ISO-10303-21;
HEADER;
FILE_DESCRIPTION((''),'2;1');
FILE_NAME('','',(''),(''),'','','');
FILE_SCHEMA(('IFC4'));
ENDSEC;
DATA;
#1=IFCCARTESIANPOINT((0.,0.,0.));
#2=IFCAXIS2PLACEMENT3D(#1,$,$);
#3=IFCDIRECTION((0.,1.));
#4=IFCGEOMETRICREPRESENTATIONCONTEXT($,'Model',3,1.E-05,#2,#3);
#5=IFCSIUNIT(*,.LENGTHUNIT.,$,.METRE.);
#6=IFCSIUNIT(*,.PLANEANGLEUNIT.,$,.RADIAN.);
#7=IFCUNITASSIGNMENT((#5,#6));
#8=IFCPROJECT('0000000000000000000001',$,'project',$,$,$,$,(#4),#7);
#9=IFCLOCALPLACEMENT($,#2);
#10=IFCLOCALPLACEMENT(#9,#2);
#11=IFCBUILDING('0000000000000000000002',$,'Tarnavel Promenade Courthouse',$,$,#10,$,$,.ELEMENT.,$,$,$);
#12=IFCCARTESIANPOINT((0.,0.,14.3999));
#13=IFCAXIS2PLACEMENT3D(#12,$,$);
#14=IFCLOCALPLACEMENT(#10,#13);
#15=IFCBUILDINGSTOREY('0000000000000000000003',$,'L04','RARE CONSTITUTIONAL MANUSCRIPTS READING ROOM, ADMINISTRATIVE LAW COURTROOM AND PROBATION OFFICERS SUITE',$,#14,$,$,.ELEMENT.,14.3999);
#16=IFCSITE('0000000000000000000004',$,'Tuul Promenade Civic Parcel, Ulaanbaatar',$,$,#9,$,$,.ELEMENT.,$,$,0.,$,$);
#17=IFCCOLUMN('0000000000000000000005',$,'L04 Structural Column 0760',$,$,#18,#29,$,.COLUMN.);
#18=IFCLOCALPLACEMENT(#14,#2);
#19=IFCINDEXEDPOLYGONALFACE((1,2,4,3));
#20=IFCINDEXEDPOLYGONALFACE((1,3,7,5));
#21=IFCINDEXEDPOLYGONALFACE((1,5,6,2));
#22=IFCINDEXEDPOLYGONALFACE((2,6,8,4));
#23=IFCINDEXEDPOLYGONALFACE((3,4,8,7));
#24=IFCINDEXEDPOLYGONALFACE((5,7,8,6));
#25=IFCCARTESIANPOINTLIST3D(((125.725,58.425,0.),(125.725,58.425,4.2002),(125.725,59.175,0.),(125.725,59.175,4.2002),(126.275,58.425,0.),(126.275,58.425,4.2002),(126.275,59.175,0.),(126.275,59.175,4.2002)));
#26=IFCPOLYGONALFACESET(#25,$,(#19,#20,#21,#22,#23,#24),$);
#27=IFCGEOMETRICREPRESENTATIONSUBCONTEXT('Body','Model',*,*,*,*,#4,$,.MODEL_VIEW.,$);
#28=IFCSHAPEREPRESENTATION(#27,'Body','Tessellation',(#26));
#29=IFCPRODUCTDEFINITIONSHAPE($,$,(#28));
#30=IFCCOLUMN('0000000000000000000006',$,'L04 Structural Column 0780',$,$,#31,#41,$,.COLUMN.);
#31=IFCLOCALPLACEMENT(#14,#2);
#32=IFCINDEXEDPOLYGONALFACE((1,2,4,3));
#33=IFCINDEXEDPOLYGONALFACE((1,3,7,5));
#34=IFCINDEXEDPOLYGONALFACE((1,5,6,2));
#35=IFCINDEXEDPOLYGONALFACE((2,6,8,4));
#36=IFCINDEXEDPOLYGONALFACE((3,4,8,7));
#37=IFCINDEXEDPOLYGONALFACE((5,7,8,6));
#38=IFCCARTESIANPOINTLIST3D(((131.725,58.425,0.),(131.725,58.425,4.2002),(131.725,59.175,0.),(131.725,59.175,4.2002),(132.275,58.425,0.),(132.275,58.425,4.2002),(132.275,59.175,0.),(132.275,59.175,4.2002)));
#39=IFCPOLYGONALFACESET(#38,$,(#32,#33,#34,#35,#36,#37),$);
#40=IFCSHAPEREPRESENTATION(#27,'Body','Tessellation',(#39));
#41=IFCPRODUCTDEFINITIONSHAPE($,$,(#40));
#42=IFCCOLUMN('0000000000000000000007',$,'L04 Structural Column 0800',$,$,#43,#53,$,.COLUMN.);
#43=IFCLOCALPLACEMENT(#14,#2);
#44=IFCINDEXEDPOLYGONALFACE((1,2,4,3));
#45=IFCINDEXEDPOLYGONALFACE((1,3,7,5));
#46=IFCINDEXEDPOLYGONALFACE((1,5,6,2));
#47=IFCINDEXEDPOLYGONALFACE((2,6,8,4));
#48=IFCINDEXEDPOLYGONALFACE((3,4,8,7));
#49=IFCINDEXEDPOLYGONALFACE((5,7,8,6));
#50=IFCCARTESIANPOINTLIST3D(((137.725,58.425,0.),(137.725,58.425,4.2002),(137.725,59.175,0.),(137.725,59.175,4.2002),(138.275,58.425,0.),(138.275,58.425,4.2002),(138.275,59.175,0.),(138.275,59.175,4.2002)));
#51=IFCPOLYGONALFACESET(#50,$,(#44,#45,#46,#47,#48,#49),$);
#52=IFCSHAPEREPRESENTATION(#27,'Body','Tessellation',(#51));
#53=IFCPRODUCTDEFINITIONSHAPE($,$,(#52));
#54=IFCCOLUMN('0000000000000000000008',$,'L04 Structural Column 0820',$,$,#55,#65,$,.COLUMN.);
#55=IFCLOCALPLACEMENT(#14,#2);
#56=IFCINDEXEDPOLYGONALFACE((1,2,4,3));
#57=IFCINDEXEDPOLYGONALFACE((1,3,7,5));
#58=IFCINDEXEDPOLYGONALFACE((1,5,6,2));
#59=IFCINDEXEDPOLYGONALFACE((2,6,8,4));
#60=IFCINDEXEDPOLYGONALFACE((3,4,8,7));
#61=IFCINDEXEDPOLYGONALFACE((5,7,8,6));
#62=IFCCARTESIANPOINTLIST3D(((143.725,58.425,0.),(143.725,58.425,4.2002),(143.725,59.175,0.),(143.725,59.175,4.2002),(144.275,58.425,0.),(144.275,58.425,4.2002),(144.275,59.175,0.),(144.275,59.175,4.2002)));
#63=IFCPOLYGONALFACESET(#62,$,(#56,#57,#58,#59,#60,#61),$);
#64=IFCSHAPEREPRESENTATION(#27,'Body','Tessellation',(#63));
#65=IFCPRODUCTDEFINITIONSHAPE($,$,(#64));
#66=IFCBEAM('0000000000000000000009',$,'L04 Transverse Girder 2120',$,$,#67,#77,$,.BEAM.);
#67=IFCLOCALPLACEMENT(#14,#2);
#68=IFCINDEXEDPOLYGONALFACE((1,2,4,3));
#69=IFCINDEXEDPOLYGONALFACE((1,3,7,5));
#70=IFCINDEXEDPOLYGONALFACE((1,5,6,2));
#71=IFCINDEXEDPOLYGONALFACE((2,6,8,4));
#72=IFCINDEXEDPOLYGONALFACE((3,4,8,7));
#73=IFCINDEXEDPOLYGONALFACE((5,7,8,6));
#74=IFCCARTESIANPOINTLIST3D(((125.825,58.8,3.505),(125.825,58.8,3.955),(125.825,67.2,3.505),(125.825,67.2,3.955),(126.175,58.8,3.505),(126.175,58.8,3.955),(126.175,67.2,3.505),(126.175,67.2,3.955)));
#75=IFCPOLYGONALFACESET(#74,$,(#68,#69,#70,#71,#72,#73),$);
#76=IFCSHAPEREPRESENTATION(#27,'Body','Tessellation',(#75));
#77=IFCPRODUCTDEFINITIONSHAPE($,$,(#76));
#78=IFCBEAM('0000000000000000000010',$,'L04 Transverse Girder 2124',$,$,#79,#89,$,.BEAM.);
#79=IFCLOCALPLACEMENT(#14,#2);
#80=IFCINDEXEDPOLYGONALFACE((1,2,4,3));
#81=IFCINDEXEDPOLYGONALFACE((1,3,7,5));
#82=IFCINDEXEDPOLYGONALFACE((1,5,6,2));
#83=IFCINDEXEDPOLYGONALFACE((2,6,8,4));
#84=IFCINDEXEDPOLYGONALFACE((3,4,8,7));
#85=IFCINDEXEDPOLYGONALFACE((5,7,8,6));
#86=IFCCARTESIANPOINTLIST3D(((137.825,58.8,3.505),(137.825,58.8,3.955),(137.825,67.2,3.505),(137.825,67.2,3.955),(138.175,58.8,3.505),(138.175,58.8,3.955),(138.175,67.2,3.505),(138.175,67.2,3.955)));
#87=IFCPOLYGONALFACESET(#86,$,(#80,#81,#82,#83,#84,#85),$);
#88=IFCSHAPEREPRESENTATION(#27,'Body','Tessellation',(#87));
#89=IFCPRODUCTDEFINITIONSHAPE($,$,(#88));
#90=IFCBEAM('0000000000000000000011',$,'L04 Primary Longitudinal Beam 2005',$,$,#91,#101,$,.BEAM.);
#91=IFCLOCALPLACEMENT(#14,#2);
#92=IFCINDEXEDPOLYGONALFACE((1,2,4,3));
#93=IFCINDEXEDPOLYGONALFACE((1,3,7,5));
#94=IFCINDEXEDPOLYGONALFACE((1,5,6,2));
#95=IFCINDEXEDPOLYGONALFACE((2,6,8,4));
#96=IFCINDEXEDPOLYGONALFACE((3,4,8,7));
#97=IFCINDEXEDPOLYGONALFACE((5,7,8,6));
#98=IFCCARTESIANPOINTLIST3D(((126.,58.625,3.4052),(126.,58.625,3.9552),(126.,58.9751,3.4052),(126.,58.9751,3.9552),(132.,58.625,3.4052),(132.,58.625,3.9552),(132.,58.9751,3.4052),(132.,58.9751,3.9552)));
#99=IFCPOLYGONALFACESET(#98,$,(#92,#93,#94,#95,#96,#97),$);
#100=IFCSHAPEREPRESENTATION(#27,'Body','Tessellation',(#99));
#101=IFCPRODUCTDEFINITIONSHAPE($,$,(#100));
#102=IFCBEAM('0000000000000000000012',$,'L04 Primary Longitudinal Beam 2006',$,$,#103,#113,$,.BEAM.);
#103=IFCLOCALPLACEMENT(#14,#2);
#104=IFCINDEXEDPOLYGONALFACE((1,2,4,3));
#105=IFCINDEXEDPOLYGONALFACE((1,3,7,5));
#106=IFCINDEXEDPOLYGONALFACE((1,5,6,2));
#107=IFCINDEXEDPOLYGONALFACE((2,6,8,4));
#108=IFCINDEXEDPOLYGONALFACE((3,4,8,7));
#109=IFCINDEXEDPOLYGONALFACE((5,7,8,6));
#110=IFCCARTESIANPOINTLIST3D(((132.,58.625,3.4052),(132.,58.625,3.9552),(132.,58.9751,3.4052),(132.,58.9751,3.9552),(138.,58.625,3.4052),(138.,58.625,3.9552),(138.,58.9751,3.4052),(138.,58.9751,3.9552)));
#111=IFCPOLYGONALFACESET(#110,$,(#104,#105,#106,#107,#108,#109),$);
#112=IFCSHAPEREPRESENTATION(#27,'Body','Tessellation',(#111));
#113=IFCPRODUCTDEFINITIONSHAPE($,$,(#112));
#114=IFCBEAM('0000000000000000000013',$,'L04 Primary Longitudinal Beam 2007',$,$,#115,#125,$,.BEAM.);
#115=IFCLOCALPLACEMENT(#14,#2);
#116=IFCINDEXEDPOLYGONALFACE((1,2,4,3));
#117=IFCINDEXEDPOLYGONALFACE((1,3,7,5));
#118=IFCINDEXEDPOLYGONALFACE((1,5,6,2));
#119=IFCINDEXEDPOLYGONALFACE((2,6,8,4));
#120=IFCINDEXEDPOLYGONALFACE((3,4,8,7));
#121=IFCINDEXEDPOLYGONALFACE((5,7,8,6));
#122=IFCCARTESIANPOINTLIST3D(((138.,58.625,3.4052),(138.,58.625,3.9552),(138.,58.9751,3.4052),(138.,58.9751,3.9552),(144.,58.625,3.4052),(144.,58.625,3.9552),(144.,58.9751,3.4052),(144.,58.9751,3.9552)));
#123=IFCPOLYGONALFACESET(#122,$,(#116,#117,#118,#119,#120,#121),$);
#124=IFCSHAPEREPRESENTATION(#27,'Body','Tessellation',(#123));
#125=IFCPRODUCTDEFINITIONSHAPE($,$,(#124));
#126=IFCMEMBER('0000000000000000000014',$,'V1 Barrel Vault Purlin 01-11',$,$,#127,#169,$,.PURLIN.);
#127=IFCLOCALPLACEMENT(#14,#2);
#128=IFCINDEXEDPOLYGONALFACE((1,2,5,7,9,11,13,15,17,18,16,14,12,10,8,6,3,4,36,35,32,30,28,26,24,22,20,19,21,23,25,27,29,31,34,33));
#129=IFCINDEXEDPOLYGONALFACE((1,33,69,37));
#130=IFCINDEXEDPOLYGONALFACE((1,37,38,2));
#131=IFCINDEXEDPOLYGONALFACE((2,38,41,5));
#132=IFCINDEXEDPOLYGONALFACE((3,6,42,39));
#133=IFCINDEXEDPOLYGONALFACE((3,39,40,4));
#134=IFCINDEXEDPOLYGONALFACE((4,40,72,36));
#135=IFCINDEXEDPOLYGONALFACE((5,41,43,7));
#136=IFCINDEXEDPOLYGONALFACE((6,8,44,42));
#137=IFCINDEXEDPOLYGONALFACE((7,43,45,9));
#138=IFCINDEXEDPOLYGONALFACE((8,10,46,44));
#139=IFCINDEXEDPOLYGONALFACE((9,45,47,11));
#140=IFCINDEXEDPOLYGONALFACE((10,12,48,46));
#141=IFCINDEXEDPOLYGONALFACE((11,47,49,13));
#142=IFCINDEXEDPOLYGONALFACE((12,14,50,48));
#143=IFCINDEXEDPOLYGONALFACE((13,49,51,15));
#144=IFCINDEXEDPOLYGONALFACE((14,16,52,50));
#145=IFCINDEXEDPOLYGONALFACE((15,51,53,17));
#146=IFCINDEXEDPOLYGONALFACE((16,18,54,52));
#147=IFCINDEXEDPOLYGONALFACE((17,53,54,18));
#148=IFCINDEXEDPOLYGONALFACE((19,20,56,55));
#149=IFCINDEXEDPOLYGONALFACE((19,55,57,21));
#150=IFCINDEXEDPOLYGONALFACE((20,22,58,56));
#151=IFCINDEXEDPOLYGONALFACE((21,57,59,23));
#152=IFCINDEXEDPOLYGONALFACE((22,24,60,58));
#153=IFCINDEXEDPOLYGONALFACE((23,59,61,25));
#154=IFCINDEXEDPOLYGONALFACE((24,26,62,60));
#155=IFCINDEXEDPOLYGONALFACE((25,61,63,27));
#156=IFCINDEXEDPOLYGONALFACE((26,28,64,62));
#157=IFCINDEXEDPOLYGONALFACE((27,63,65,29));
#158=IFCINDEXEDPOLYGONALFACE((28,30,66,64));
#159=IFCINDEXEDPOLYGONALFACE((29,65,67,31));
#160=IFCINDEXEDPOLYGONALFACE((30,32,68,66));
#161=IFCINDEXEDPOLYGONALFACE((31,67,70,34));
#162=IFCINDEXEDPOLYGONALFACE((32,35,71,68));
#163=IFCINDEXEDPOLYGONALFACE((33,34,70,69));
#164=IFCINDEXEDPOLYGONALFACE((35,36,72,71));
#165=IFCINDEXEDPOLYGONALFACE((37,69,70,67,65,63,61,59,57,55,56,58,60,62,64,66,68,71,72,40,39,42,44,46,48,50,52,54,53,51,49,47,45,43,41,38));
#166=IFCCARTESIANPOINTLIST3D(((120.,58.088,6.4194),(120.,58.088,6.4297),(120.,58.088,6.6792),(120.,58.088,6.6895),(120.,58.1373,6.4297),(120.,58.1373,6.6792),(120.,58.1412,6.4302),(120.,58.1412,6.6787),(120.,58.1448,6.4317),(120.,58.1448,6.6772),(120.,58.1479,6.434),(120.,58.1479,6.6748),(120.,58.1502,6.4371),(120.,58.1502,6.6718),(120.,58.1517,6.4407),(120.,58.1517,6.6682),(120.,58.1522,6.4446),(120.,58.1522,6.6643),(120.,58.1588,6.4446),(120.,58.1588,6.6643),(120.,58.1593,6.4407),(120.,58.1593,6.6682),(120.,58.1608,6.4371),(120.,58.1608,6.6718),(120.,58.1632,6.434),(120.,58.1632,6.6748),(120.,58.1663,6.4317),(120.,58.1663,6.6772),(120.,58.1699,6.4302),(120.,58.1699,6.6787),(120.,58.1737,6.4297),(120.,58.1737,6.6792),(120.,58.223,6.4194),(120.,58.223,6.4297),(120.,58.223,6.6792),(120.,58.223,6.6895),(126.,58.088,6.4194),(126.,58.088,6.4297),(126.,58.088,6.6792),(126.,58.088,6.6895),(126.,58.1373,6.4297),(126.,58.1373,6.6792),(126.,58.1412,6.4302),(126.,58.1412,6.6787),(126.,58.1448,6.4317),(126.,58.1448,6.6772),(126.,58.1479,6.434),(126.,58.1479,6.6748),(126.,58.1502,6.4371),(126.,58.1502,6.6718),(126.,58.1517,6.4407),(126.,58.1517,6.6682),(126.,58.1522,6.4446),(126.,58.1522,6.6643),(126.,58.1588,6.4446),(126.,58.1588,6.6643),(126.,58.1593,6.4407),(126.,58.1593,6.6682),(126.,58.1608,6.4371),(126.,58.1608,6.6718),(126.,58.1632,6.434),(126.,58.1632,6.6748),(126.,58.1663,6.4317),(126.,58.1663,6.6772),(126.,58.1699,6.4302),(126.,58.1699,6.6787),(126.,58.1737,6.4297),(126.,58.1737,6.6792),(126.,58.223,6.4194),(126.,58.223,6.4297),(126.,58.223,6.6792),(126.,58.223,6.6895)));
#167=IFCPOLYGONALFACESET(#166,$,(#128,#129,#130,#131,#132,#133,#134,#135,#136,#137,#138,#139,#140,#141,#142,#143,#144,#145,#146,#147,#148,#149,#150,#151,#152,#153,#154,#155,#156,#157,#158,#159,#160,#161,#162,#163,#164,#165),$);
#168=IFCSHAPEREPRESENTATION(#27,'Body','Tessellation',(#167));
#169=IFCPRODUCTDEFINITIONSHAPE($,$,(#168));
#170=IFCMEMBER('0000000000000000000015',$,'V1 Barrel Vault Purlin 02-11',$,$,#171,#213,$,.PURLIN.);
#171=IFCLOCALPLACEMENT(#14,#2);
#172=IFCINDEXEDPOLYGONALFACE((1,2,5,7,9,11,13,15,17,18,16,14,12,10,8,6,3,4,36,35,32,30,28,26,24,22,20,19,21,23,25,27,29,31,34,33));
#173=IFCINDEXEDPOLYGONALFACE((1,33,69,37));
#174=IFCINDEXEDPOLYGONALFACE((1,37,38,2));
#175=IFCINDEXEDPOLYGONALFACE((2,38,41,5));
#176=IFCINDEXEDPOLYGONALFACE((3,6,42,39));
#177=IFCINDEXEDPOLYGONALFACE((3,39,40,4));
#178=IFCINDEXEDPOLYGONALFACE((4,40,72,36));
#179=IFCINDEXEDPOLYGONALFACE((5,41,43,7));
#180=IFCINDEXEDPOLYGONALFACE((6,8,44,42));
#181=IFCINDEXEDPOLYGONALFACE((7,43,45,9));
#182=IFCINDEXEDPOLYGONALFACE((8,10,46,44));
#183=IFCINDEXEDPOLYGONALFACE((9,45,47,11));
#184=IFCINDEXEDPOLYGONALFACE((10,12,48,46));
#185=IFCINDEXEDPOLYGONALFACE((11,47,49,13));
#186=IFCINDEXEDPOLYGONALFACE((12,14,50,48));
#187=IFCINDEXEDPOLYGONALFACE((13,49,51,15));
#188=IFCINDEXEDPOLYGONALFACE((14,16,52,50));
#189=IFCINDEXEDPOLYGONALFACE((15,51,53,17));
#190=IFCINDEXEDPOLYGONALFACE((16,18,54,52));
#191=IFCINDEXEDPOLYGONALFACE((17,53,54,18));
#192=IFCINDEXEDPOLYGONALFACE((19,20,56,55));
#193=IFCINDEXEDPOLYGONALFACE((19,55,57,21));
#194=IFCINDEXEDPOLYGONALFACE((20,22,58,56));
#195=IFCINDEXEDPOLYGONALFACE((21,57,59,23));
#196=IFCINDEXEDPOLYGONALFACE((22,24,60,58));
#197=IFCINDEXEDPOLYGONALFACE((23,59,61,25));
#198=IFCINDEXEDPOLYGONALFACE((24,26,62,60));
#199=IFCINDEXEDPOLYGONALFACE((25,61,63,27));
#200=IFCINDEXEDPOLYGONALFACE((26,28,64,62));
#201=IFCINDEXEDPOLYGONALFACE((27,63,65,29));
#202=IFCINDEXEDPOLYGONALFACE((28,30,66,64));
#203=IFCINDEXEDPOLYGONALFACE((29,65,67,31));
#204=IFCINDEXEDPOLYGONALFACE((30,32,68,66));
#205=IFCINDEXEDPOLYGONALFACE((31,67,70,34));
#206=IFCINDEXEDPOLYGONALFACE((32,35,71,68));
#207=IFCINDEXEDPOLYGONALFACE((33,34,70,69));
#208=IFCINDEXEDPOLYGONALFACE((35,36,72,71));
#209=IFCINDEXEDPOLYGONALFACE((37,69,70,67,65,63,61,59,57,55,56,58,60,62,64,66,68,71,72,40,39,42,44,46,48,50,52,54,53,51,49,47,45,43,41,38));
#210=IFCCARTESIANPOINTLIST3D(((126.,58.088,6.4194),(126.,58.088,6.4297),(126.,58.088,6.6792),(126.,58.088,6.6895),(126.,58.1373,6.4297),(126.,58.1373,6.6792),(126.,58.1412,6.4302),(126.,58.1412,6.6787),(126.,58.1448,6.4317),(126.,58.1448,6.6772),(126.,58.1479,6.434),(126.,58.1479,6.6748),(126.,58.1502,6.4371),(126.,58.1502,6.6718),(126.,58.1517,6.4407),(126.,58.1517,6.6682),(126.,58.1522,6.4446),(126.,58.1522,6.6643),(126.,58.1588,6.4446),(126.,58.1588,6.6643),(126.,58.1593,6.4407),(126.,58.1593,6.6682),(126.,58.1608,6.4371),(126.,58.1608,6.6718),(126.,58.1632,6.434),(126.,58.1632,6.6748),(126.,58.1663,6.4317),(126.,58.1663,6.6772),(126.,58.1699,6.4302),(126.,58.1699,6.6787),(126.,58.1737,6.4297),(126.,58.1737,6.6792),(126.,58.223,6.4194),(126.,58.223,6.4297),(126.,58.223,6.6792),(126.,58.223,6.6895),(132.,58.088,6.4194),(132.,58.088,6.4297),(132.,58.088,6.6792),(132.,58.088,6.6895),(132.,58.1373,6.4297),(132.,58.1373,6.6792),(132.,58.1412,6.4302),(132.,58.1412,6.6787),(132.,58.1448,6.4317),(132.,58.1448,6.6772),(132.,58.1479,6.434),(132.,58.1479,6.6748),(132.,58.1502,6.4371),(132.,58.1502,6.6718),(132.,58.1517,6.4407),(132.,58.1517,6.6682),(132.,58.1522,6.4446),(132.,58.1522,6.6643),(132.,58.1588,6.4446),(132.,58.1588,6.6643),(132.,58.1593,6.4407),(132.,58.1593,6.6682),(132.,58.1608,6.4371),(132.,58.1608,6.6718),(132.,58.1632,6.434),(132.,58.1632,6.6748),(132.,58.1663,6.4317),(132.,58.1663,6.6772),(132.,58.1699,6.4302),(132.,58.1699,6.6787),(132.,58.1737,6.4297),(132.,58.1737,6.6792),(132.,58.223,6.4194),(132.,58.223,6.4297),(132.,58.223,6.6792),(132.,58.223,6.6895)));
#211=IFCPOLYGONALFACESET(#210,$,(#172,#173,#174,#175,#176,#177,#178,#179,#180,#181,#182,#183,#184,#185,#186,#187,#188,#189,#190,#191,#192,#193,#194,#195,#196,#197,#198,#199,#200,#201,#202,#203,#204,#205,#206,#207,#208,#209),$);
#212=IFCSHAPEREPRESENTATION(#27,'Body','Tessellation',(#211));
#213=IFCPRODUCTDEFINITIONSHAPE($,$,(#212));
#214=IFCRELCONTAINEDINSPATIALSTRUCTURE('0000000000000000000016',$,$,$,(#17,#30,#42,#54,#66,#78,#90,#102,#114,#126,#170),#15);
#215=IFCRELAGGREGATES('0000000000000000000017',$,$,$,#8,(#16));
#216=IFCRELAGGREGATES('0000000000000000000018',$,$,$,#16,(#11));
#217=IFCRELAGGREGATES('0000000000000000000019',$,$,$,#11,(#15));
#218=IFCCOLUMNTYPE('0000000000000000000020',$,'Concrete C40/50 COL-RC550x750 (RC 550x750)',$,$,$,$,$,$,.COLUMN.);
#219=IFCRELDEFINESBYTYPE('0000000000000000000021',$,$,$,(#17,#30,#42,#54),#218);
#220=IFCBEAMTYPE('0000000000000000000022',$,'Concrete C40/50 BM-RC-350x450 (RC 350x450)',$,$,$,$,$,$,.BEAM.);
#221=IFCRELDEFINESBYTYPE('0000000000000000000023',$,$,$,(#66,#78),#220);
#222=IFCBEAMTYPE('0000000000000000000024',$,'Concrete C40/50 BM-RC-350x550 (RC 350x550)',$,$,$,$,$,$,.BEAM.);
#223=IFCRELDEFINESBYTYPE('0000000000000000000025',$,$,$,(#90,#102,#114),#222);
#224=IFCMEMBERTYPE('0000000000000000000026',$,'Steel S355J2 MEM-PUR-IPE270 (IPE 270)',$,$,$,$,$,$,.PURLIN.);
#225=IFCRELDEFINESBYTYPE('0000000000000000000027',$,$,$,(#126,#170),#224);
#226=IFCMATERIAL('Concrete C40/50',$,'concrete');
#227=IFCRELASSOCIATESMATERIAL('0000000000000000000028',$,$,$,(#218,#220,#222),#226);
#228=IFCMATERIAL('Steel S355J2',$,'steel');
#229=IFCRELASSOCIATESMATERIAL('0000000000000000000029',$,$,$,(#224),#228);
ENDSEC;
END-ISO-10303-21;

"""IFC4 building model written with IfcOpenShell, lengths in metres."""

from ifc_helpers import new_model, si_unit, direction, frame, origin, origin_2d, place, context, subcontext, project, spatial, rectangle, i_section, extrude, material, material_profile, profile_set, type_object, element, save


model = new_model("IFC4")

# Units and contexts
model_context = context("Model", 3, precision=1e-05, world=origin(), true_north=direction((0.0, 1.0)))
body_context = subcontext(model_context, "Body", "Model", "MODEL_VIEW")
ifc_project = project(units=[si_unit("LENGTHUNIT", "METRE"), si_unit("PLANEANGLEUNIT", "RADIAN")], contexts=[model_context])

# Site, building, storey
site_placement = place(None, origin())
site = spatial("IfcSite", under=ifc_project, at=site_placement, Name="Tuul Promenade Civic Parcel, Ulaanbaatar", CompositionType="ELEMENT", RefElevation=0.0)
building_placement = place(site_placement, origin())
building = spatial("IfcBuilding", under=site, at=building_placement, Name="Tarnavel Promenade Courthouse", CompositionType="ELEMENT")
storey_placement = place(building_placement, frame((0.0, 0.0, 14.3999)))
storey = spatial("IfcBuildingStorey", under=building, at=storey_placement, Name="L04", Description="RARE CONSTITUTIONAL MANUSCRIPTS READING ROOM, ADMINISTRATIVE LAW COURTROOM AND PROBATION OFFICERS SUITE", CompositionType="ELEMENT", Elevation=14.3999)

# Columns
ifc_material_1 = material(Name="Concrete C40/50", Category="concrete")
ifc_material_profile_1 = material_profile(ifc_material_1, rectangle(XDim=0.55, YDim=0.75, at=origin_2d()), Name="RC 550x750")
ifc_profile_set_1 = profile_set([ifc_material_profile_1], Name="Concrete C40/50")
column_type = type_object("IfcColumnType", Name="Concrete C40/50 COL-RC550x750 (RC 550x750)", PredefinedType="COLUMN", material=ifc_profile_set_1)
for number, where, z_axis, x_axis, name in (
    (1, (126.0, 58.8, 0.0), (0.0, 0.0, 1.0), (1.0, 0.0, 0.0), "L04 Structural Column 0760"),
    (2, (132.0, 58.8, 0.0), (0.0, 0.0, 1.0), (1.0, 0.0, 0.0), "L04 Structural Column 0780"),
    (3, (138.0, 58.8, 0.0), (0.0, 0.0, 1.0), (1.0, 0.0, 0.0), "L04 Structural Column 0800"),
    (4, (144.0, 58.8, 0.0), (0.0, 0.0, 1.0), (1.0, 0.0, 0.0), "L04 Structural Column 0820"),
):
    element("IfcColumn", number, at=place(storey_placement, frame(where, z_axis=z_axis, x_axis=x_axis)), inside=storey, type_object=column_type, Name=name, PredefinedType="COLUMN", context=body_context, shape_type="SweptSolid", body=[
        extrude(rectangle(XDim=0.55, YDim=0.75, at=origin_2d()), origin(), (0.0, 0.0, 1.0), 4.2002),
    ])

# Beams
ifc_material_profile_2 = material_profile(ifc_material_1, rectangle(XDim=0.3501, YDim=0.45, at=origin_2d()), Name="RC 350x450")
ifc_profile_set_2 = profile_set([ifc_material_profile_2], Name="Concrete C40/50")
beam_type_1 = type_object("IfcBeamType", Name="Concrete C40/50 BM-RC-350x450 (RC 350x450)", PredefinedType="BEAM", material=ifc_profile_set_2)
for number, where, z_axis, x_axis, name in (
    (5, (126.0, 58.8, 3.73), (0.0, 1.0, 0.0), (-1.0, 0.0, 0.0), "L04 Transverse Girder 2120"),
    (6, (138.0, 58.8, 3.73), (0.0, 1.0, 0.0), (-1.0, 0.0, 0.0), "L04 Transverse Girder 2124"),
):
    element("IfcBeam", number, at=place(storey_placement, frame(where, z_axis=z_axis, x_axis=x_axis)), inside=storey, type_object=beam_type_1, Name=name, PredefinedType="BEAM", context=body_context, shape_type="SweptSolid", body=[
        extrude(rectangle(XDim=0.3501, YDim=0.45, at=origin_2d()), origin(), (0.0, 0.0, 1.0), 8.3999),
    ])
ifc_material_profile_3 = material_profile(ifc_material_1, rectangle(XDim=0.3501, YDim=0.55, at=origin_2d()), Name="RC 350x550")
ifc_profile_set_3 = profile_set([ifc_material_profile_3], Name="Concrete C40/50")
beam_type_2 = type_object("IfcBeamType", Name="Concrete C40/50 BM-RC-350x550 (RC 350x550)", PredefinedType="BEAM", material=ifc_profile_set_3)
for number, where, z_axis, x_axis, name in (
    (7, (126.0, 58.8, 3.6802), (1.0, 0.0, 0.0), (0.0, 1.0, 0.0), "L04 Primary Longitudinal Beam 2005"),
    (8, (132.0, 58.8, 3.6802), (1.0, 0.0, 0.0), (0.0, 1.0, 0.0), "L04 Primary Longitudinal Beam 2006"),
    (9, (138.0, 58.8, 3.6802), (1.0, 0.0, 0.0), (0.0, 1.0, 0.0), "L04 Primary Longitudinal Beam 2007"),
):
    element("IfcBeam", number, at=place(storey_placement, frame(where, z_axis=z_axis, x_axis=x_axis)), inside=storey, type_object=beam_type_2, Name=name, PredefinedType="BEAM", context=body_context, shape_type="SweptSolid", body=[
        extrude(rectangle(XDim=0.3501, YDim=0.55, at=origin_2d()), origin(), (0.0, 0.0, 1.0), 6.0),
    ])

# Members
ifc_material_2 = material(Name="Steel S355J2", Category="steel")
ifc_material_profile_4 = material_profile(ifc_material_2, i_section(OverallWidth=0.135, OverallDepth=0.27, WebThickness=0.0066, FlangeThickness=0.0103, FilletRadius=0.0149, at=origin_2d()), Name="IPE 270")
ifc_profile_set_4 = profile_set([ifc_material_profile_4], Name="Steel S355J2")
member_type = type_object("IfcMemberType", Name="Steel S355J2 MEM-PUR-IPE270 (IPE 270)", PredefinedType="PURLIN", material=ifc_profile_set_4)
for number, where, z_axis, x_axis, name in (
    (10, (120.0, 58.1555, 6.5544), (1.0, 0.0, 0.0), (0.0, 1.0, 0.0), "V1 Barrel Vault Purlin 01-11"),
    (11, (126.0, 58.1555, 6.5544), (1.0, 0.0, 0.0), (0.0, 1.0, 0.0), "V1 Barrel Vault Purlin 02-11"),
):
    element("IfcMember", number, at=place(storey_placement, frame(where, z_axis=z_axis, x_axis=x_axis)), inside=storey, type_object=member_type, Name=name, PredefinedType="PURLIN", context=body_context, shape_type="SweptSolid", body=[
        extrude(i_section(OverallWidth=0.135, OverallDepth=0.27, WebThickness=0.0066, FlangeThickness=0.0103, FilletRadius=0.0149, at=origin_2d()), origin(), (0.0, 0.0, 1.0), 6.0),
    ])

save(model, "model.ifc")
